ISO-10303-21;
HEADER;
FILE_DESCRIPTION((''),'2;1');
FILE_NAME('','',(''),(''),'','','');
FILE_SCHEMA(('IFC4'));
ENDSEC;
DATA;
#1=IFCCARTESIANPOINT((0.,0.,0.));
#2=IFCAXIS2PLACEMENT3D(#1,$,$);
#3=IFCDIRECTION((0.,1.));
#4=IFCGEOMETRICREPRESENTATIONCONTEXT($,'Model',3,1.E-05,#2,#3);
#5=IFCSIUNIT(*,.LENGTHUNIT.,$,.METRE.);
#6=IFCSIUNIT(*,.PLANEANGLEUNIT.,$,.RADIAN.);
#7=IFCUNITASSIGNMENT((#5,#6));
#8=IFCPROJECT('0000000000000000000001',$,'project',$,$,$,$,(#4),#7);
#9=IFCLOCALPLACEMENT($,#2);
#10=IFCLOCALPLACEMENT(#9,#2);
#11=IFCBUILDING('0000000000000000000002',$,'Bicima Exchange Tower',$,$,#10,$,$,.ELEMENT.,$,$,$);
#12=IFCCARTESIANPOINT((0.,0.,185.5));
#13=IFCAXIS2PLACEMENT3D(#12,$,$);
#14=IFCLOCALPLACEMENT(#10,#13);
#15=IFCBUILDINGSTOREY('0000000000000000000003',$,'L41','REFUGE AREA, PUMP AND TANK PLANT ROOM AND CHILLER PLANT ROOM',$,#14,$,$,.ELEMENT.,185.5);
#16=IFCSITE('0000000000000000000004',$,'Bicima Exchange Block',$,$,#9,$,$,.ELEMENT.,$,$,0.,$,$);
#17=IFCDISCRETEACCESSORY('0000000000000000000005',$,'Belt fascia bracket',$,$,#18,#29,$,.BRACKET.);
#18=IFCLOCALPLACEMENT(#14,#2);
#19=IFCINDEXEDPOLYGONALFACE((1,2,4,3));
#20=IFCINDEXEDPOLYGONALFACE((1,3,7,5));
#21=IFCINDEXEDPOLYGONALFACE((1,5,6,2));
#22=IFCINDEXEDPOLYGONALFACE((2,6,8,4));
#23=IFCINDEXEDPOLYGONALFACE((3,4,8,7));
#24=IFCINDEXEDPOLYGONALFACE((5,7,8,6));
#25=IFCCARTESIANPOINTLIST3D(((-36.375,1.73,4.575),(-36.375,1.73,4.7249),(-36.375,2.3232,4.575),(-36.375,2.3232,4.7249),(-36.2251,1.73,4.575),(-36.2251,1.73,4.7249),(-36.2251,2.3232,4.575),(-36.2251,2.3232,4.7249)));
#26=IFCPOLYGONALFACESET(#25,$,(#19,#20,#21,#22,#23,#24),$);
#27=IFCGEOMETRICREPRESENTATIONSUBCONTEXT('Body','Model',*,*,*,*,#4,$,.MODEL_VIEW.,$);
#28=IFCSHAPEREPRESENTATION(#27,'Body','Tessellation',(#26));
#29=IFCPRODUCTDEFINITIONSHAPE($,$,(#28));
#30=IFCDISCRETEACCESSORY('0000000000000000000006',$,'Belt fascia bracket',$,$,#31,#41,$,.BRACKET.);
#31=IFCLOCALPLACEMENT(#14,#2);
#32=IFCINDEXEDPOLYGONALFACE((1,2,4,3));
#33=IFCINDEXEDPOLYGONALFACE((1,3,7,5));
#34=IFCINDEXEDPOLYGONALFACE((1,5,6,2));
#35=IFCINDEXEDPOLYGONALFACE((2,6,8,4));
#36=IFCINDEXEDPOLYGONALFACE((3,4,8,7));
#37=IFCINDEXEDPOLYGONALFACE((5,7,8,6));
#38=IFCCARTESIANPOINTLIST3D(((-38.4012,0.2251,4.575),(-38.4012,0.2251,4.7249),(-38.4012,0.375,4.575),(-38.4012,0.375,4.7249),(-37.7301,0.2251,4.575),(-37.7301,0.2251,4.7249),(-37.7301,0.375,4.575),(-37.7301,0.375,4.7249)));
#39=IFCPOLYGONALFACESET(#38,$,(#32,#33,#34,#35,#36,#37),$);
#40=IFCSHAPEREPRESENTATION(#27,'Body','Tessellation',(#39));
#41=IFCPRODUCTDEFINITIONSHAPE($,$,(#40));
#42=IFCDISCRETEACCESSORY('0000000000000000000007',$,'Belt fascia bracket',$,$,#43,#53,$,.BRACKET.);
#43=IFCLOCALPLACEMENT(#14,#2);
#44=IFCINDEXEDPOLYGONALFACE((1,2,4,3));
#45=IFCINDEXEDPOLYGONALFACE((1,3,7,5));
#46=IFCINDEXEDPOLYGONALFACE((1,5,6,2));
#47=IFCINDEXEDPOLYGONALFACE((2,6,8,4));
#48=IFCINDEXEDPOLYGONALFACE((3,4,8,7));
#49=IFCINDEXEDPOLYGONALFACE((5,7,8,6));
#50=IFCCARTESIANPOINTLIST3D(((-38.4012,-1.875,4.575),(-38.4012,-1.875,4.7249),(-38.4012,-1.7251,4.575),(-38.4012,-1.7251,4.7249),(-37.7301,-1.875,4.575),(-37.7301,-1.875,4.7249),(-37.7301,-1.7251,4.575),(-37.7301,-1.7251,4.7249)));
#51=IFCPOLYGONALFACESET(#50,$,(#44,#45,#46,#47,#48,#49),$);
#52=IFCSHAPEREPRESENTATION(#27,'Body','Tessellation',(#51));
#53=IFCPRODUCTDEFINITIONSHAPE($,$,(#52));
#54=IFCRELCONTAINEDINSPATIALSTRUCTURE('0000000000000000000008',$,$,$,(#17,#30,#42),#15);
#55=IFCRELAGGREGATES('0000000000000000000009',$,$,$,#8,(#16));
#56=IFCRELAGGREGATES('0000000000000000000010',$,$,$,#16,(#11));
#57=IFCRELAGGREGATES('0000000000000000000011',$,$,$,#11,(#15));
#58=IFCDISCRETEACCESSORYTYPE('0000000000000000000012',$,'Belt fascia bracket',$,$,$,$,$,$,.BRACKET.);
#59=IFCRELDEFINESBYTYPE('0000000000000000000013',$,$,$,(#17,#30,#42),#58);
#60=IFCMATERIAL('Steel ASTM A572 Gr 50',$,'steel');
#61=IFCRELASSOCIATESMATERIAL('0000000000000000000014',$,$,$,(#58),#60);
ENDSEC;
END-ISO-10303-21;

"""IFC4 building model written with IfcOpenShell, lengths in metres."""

from ifc_helpers import new_model, si_unit, direction, frame, origin, origin_2d, place, context, subcontext, project, spatial, rectangle, extrude, material, type_object, element, save


model = new_model("IFC4")

# Units and contexts
model_context = context("Model", 3, precision=1e-05, world=origin(), true_north=direction((0.0, 1.0)))
body_context = subcontext(model_context, "Body", "Model", "MODEL_VIEW")
ifc_project = project(units=[si_unit("LENGTHUNIT", "METRE"), si_unit("PLANEANGLEUNIT", "RADIAN")], contexts=[model_context])

# Site, building, storey
site_placement = place(None, origin())
site = spatial("IfcSite", under=ifc_project, at=site_placement, Name="Bicima Exchange Block", CompositionType="ELEMENT", RefElevation=0.0)
building_placement = place(site_placement, origin())
building = spatial("IfcBuilding", under=site, at=building_placement, Name="Bicima Exchange Tower", CompositionType="ELEMENT")
storey_placement = place(building_placement, frame((0.0, 0.0, 185.5)))
storey = spatial("IfcBuildingStorey", under=building, at=storey_placement, Name="L41", Description="REFUGE AREA, PUMP AND TANK PLANT ROOM AND CHILLER PLANT ROOM", CompositionType="ELEMENT", Elevation=185.5)

# Shared definitions
ifc_material_1 = material(Name="Steel ASTM A572 Gr 50", Category="steel")

# Discrete accessories
discrete_accessory_type = type_object("IfcDiscreteAccessoryType", Name="Belt fascia bracket", PredefinedType="BRACKET", material=ifc_material_1)
for number, where, z_axis, x_axis, name in (
    (1, (-36.3, 2.0266, 4.575), (0.0, 0.0, 1.0), (-1.0, 0.0, 0.0), "Belt fascia bracket"),
):
    element("IfcDiscreteAccessory", number, at=place(storey_placement, frame(where, z_axis=z_axis, x_axis=x_axis)), inside=storey, type_object=discrete_accessory_type, Name=name, PredefinedType="BRACKET", context=body_context, shape_type="SweptSolid", body=[
        extrude(rectangle(XDim=0.1499, YDim=0.5933, at=origin_2d()), origin(), (0.0, 0.0, 1.0), 0.1499),
    ])
for number, where, z_axis, x_axis, name in (
    (2, (-38.0657, 0.3, 4.575), (0.0, 0.0, 1.0), (0.0, -1.0, 0.0), "Belt fascia bracket"),
    (3, (-38.0657, -1.8, 4.575), (0.0, 0.0, 1.0), (0.0, -1.0, 0.0), "Belt fascia bracket"),
):
    element("IfcDiscreteAccessory", number, at=place(storey_placement, frame(where, z_axis=z_axis, x_axis=x_axis)), inside=storey, type_object=discrete_accessory_type, Name=name, PredefinedType="BRACKET", context=body_context, shape_type="SweptSolid", body=[
        extrude(rectangle(XDim=0.1499, YDim=0.6711, at=origin_2d()), origin(), (0.0, 0.0, 1.0), 0.1499),
    ])

save(model, "model.ifc")
